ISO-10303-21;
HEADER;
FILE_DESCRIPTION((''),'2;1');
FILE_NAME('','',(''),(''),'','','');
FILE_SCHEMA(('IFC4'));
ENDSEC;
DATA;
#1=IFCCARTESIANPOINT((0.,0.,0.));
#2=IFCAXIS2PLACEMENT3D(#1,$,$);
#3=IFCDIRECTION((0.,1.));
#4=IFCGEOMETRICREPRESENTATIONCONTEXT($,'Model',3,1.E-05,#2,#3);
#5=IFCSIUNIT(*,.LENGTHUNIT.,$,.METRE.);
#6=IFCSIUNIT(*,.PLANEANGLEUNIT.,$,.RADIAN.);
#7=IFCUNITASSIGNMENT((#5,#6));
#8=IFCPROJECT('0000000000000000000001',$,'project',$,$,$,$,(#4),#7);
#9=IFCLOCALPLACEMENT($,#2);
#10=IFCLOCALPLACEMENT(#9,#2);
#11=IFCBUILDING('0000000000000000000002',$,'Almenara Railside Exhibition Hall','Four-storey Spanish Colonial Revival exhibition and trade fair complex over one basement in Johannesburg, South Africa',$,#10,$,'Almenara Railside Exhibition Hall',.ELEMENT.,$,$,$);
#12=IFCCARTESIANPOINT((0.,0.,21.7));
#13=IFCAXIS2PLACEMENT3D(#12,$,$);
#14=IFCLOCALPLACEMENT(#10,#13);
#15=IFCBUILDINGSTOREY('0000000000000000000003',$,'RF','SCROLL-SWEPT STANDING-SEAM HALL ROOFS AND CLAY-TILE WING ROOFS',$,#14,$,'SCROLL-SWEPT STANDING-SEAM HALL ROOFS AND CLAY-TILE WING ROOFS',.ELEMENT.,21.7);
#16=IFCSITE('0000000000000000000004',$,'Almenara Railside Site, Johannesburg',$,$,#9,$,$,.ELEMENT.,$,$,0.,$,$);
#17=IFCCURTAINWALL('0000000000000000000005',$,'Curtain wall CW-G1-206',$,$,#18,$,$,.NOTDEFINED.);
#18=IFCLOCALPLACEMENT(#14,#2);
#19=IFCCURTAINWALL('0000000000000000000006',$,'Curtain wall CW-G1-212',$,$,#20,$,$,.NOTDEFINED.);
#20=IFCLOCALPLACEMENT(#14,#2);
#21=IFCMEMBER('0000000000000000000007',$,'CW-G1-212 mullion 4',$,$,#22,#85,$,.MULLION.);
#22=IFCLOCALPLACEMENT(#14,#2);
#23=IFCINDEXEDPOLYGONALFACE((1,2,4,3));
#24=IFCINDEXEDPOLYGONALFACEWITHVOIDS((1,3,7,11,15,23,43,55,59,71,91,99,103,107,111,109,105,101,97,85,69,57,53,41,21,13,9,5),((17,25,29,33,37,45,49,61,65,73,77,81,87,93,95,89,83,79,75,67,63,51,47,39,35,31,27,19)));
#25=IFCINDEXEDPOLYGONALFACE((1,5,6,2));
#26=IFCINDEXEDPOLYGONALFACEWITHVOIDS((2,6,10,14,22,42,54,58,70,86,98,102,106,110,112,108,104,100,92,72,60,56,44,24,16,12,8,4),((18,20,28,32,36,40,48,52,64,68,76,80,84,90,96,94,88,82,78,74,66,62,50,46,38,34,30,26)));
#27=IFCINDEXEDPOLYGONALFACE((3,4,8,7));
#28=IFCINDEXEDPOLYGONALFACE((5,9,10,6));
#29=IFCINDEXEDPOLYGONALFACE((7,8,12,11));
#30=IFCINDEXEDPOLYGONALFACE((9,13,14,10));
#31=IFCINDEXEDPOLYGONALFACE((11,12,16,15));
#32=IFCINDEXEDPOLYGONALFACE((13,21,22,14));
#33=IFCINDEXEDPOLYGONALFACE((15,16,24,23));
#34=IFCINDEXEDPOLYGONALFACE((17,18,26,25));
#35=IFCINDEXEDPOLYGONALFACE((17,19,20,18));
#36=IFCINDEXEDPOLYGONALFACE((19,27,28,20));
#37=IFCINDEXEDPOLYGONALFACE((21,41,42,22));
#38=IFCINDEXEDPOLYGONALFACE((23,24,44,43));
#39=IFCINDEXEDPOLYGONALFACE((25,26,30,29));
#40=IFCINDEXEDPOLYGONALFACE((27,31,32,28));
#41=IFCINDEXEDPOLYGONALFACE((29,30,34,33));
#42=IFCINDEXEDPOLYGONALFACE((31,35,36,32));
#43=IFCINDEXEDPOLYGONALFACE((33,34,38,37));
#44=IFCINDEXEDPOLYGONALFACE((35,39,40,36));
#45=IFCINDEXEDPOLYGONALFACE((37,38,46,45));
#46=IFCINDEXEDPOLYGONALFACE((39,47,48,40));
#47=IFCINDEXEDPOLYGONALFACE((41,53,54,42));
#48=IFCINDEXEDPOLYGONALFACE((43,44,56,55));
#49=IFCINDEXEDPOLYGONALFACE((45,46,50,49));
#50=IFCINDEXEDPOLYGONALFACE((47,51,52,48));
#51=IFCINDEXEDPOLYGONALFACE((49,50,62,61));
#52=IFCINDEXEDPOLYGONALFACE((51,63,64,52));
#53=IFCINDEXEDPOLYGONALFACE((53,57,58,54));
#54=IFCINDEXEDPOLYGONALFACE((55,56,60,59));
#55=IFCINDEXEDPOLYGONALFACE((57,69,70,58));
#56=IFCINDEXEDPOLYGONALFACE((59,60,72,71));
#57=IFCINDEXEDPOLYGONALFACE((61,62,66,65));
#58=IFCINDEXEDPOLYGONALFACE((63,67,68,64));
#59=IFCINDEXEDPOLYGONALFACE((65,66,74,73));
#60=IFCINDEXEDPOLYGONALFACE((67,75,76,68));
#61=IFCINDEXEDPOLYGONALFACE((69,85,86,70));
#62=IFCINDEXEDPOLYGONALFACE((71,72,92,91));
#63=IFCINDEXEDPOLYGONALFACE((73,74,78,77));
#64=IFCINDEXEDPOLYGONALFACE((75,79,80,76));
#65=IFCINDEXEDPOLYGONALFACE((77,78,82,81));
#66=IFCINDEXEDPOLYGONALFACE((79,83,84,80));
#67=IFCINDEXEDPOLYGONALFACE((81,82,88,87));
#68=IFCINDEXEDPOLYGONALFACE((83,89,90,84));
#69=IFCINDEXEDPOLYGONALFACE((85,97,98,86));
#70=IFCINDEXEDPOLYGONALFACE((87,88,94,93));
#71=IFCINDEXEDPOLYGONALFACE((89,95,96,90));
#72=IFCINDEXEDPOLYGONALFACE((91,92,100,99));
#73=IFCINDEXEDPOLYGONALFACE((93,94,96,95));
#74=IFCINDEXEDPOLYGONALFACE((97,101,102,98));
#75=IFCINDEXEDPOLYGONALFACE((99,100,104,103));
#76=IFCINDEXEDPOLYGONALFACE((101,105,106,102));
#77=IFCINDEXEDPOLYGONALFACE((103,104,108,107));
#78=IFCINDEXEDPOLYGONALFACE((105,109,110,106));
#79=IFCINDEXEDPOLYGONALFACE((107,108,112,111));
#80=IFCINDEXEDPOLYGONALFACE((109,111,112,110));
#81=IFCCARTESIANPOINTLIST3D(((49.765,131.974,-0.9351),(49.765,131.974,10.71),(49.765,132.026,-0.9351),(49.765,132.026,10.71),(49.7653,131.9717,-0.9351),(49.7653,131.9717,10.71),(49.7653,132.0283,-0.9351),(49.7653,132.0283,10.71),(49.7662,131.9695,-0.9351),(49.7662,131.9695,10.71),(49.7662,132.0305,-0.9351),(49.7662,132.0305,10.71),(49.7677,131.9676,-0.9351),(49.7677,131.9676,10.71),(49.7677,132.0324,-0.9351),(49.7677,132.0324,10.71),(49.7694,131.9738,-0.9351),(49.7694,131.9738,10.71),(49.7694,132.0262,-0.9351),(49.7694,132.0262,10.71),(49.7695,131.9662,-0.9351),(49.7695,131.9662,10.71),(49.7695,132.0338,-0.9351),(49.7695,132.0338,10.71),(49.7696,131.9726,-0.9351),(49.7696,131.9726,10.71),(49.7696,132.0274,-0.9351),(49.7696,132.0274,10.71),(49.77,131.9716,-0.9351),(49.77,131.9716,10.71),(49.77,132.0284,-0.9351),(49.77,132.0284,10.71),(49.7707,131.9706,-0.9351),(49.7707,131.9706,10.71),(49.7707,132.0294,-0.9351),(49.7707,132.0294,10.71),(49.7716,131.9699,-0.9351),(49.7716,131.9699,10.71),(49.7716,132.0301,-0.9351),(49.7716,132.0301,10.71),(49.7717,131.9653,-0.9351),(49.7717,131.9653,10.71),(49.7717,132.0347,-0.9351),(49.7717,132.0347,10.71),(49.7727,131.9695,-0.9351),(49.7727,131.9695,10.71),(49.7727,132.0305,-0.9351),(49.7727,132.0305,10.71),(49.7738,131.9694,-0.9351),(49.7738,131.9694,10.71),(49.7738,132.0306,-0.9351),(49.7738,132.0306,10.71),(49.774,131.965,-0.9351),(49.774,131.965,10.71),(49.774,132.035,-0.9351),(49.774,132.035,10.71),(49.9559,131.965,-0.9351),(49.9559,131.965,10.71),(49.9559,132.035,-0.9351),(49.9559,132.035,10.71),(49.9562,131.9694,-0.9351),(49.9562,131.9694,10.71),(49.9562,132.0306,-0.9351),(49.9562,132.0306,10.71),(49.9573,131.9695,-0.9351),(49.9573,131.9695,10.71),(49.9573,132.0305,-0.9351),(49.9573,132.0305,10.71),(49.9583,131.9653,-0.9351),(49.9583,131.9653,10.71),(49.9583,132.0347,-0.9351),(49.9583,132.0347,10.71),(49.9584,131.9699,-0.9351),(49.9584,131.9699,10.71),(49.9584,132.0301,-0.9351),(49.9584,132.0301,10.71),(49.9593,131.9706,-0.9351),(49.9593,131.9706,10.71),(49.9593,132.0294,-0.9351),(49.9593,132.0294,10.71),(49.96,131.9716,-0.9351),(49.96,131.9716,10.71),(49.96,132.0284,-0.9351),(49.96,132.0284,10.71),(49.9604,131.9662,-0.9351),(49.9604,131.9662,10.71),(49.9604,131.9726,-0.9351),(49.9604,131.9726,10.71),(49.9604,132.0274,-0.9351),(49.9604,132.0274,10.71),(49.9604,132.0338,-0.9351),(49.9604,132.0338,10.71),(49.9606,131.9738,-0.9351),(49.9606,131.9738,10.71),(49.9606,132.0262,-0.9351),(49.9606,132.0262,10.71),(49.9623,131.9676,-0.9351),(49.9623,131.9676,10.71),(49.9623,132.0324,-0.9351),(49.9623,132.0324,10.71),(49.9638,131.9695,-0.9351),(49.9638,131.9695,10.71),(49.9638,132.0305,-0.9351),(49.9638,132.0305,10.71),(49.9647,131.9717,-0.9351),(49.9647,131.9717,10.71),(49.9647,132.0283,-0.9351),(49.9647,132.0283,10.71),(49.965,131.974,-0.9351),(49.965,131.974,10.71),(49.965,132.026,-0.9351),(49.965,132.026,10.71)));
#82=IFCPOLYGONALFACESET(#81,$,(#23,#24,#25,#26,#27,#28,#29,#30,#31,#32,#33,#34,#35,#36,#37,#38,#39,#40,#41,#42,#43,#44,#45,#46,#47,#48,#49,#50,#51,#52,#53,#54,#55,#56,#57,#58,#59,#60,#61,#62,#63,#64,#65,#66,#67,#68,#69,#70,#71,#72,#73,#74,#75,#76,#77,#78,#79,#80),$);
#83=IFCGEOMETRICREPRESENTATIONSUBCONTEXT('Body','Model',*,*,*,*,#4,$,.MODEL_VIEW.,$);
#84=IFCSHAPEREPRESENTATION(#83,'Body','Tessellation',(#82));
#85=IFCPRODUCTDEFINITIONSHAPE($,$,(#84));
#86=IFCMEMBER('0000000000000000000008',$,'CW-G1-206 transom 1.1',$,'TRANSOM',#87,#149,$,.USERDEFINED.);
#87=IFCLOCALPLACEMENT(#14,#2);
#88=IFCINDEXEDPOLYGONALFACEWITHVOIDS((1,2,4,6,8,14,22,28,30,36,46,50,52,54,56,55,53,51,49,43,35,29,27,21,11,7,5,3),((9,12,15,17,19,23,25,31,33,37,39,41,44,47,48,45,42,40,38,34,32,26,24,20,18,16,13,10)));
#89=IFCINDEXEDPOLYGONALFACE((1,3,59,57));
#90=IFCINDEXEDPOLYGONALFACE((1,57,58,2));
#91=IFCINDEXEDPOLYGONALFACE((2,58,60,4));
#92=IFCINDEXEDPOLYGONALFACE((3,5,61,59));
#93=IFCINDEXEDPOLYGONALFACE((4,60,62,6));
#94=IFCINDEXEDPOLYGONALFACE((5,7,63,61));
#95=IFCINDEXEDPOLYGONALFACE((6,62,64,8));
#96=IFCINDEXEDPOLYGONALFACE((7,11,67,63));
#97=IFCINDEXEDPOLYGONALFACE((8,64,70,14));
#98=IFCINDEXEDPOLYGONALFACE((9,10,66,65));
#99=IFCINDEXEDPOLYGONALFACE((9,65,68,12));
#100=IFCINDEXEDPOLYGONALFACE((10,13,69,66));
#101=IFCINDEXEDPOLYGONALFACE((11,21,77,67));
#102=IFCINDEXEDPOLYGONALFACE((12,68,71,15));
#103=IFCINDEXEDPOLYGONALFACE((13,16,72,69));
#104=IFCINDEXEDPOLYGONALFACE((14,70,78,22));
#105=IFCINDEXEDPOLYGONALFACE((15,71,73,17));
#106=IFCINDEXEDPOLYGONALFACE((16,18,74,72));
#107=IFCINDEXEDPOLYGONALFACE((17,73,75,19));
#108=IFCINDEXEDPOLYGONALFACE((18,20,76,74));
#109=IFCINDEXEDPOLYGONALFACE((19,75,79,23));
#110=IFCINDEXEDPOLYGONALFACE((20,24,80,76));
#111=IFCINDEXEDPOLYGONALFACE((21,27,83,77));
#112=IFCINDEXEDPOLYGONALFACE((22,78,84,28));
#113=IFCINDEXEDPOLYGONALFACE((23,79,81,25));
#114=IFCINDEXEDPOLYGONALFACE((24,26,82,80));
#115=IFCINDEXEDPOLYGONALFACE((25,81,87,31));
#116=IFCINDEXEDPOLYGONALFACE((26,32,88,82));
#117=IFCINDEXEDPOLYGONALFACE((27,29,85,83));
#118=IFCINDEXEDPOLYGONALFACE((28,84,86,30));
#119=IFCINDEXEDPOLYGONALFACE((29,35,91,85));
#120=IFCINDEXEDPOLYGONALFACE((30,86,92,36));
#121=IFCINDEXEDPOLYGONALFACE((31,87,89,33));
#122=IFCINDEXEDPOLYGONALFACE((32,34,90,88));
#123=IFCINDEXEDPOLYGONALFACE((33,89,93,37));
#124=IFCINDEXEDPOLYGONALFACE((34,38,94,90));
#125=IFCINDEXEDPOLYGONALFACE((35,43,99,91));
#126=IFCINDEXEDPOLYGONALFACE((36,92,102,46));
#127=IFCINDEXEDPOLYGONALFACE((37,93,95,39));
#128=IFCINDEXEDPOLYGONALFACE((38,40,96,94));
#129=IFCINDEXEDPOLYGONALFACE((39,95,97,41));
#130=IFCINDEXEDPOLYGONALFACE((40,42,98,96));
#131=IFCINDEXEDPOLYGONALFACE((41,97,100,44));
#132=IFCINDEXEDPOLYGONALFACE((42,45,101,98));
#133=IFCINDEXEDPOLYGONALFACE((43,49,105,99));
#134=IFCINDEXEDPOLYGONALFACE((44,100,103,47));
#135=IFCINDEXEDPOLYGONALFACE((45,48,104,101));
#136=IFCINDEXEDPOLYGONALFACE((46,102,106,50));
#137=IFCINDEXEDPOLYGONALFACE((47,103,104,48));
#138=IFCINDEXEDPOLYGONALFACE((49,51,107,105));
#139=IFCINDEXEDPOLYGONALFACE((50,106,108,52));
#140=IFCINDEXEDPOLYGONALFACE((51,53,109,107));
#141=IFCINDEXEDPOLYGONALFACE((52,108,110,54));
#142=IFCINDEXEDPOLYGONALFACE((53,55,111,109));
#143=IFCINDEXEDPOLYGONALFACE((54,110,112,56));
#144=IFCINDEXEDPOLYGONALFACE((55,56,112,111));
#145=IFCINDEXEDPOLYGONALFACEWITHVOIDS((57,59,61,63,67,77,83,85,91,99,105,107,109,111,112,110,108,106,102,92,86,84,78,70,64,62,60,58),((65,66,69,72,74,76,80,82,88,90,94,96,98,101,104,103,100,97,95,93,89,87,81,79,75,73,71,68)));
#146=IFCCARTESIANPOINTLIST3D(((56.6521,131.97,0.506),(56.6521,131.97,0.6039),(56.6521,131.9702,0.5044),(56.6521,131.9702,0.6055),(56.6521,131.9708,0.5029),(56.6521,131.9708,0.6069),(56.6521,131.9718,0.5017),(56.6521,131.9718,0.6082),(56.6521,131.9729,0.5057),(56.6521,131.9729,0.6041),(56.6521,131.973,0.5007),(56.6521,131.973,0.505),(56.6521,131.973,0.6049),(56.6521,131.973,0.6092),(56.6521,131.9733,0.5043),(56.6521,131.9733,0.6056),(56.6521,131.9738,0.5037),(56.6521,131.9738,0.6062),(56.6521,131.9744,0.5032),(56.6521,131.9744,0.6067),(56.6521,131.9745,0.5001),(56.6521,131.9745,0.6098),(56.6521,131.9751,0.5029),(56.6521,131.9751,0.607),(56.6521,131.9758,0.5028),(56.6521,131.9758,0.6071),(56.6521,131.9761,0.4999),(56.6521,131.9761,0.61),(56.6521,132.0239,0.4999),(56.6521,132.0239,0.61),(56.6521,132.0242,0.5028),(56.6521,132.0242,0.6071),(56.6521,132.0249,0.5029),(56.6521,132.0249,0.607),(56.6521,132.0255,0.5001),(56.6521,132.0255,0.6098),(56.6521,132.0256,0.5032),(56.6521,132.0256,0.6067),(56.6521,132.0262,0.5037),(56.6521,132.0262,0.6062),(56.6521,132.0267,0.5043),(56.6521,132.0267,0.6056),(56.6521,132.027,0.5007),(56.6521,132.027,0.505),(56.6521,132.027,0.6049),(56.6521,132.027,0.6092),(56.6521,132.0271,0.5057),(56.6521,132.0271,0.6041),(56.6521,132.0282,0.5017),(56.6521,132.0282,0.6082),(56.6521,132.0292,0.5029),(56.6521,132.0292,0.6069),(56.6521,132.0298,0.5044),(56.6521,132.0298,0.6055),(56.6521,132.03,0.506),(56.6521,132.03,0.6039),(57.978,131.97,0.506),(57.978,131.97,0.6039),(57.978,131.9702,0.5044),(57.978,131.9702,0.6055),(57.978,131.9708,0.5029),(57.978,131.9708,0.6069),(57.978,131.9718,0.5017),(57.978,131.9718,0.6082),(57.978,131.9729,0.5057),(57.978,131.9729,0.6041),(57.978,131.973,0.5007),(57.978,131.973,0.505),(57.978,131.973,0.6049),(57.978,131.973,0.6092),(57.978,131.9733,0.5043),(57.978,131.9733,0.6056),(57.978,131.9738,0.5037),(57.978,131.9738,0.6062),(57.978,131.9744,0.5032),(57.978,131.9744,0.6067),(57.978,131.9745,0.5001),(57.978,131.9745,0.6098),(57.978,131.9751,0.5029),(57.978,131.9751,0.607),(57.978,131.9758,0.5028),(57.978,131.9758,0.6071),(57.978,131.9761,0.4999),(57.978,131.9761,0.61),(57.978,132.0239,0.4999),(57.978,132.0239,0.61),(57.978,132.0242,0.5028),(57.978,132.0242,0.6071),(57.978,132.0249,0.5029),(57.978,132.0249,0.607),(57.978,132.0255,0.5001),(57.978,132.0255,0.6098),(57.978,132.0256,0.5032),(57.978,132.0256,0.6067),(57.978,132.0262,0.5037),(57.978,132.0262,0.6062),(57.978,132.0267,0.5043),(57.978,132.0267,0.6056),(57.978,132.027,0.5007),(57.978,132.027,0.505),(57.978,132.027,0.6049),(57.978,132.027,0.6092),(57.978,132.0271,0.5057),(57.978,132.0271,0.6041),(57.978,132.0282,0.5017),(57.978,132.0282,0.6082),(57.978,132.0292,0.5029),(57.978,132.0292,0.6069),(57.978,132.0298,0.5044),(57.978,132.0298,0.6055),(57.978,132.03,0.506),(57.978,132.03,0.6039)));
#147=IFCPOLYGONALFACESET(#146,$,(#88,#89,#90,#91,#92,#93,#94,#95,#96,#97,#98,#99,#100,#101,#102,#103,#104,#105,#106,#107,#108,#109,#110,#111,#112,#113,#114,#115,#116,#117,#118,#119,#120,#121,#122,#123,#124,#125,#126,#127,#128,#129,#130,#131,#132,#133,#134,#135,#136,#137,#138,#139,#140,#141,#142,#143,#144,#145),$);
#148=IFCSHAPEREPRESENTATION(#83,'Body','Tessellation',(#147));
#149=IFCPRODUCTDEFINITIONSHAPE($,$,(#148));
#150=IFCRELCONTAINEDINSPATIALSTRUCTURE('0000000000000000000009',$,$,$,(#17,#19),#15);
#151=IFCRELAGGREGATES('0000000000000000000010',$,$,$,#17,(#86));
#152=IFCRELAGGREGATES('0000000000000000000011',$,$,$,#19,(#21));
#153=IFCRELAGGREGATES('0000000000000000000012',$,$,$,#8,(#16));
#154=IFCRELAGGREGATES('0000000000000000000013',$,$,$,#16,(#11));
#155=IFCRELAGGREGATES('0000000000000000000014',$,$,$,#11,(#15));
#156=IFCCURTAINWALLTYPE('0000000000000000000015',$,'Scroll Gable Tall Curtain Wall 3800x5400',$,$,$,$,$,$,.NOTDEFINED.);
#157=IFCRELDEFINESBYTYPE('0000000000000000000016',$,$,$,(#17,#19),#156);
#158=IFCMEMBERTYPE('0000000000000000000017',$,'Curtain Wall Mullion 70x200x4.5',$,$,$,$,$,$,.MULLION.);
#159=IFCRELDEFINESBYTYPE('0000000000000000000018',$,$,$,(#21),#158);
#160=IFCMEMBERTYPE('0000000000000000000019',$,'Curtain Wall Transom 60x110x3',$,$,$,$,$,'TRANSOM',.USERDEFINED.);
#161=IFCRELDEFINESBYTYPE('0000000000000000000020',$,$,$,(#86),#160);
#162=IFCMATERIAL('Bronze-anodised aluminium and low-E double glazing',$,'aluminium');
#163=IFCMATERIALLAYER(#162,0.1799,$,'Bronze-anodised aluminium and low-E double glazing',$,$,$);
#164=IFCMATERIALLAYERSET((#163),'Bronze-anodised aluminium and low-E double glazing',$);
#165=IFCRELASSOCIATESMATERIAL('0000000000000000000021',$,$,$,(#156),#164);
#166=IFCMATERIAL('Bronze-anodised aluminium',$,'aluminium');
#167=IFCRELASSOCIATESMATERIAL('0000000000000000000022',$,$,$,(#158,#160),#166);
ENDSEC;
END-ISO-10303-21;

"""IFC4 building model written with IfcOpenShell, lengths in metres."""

from ifc_helpers import new_model, si_unit, direction, frame, origin, origin_2d, place, context, subcontext, project, spatial, hollow_rectangle, extrude, material, layer, layer_set, material_profile, profile_set, type_object, element, aggregate, save


model = new_model("IFC4")

# Units and contexts
model_context = context("Model", 3, precision=1e-05, world=origin(), true_north=direction((0.0, 1.0)))
body_context = subcontext(model_context, "Body", "Model", "MODEL_VIEW")
ifc_project = project(units=[si_unit("LENGTHUNIT", "METRE"), si_unit("PLANEANGLEUNIT", "RADIAN")], contexts=[model_context])

# Site, building, storey
site_placement = place(None, origin())
site = spatial("IfcSite", under=ifc_project, at=site_placement, Name="Almenara Railside Site, Johannesburg", CompositionType="ELEMENT", RefElevation=0.0)
building_placement = place(site_placement, origin())
building = spatial("IfcBuilding", under=site, at=building_placement, Name="Almenara Railside Exhibition Hall", Description="Four-storey Spanish Colonial Revival exhibition and trade fair complex over one basement in Johannesburg, South Africa", LongName="Almenara Railside Exhibition Hall", CompositionType="ELEMENT")
storey_placement = place(building_placement, frame((0.0, 0.0, 21.7)))
storey = spatial("IfcBuildingStorey", under=building, at=storey_placement, Name="RF", Description="SCROLL-SWEPT STANDING-SEAM HALL ROOFS AND CLAY-TILE WING ROOFS", LongName="SCROLL-SWEPT STANDING-SEAM HALL ROOFS AND CLAY-TILE WING ROOFS", CompositionType="ELEMENT", Elevation=21.7)

# Curtain wall
ifc_material_1 = material(Name="Bronze-anodised aluminium and low-E double glazing", Category="aluminium")
ifc_layer_1 = layer(ifc_material_1, 0.1799, Name="Bronze-anodised aluminium and low-E double glazing")
ifc_layer_set_1 = layer_set([ifc_layer_1], Name="Bronze-anodised aluminium and low-E double glazing")
curtain_wall_type = type_object("IfcCurtainWallType", Name="Scroll Gable Tall Curtain Wall 3800x5400", PredefinedType="NOTDEFINED", material=ifc_layer_set_1)
curtain_wall_1_placement = place(storey_placement, origin())
curtain_wall_1 = element("IfcCurtainWall", 1, at=curtain_wall_1_placement, inside=storey, type_object=curtain_wall_type, Name="Curtain wall CW-G1-206", PredefinedType="NOTDEFINED")
ifc_material_2 = material(Name="Bronze-anodised aluminium", Category="aluminium")

# Curtain wall, member
curtain_wall_2_placement = place(storey_placement, origin())
curtain_wall_2 = element("IfcCurtainWall", 2, at=curtain_wall_2_placement, inside=storey, type_object=curtain_wall_type, Name="Curtain wall CW-G1-212", PredefinedType="NOTDEFINED")
ifc_material_profile_1 = material_profile(ifc_material_2, hollow_rectangle(XDim=0.0701, YDim=0.2, WallThickness=0.0044, InnerFilletRadius=0.0044, OuterFilletRadius=0.009, at=origin_2d()), Name="ALU-MUL 70x200x4.5")
ifc_profile_set_1 = profile_set([ifc_material_profile_1], Name="Bronze-anodised aluminium")
member_type_1 = type_object("IfcMemberType", Name="Curtain Wall Mullion 70x200x4.5", PredefinedType="MULLION", material=ifc_profile_set_1)
member_1_placement = place(storey_placement, frame((49.865, 132.0, -0.9351), z_axis=(0.0, 0.0, 1.0), x_axis=(0.0, 1.0, 0.0)))
member_1 = element("IfcMember", 3, at=member_1_placement, type_object=member_type_1, Name="CW-G1-212 mullion 4", PredefinedType="MULLION", context=body_context, shape_type="SweptSolid", body=[
    extrude(hollow_rectangle(XDim=0.0701, YDim=0.2, WallThickness=0.0044, InnerFilletRadius=0.0044, OuterFilletRadius=0.009, at=origin_2d()), origin(), (0.0, 0.0, 1.0), 11.645),
])

# Member
ifc_material_profile_2 = material_profile(ifc_material_2, hollow_rectangle(XDim=0.0601, YDim=0.1101, WallThickness=0.0029, InnerFilletRadius=0.0029, OuterFilletRadius=0.0061, at=origin_2d()), Name="ALU-TRN 60x110x3")
ifc_profile_set_2 = profile_set([ifc_material_profile_2], Name="Bronze-anodised aluminium")
member_type_2 = type_object("IfcMemberType", Name="Curtain Wall Transom 60x110x3", ElementType="TRANSOM", PredefinedType="USERDEFINED", material=ifc_profile_set_2)
member_2_placement = place(storey_placement, frame((56.6521, 132.0, 0.5549), z_axis=(1.0, 0.0, 0.0), x_axis=(0.0, 1.0, 0.0)))
member_2 = element("IfcMember", 4, at=member_2_placement, type_object=member_type_2, Name="CW-G1-206 transom 1.1", ObjectType="TRANSOM", PredefinedType="USERDEFINED", context=body_context, shape_type="SweptSolid", body=[
    extrude(hollow_rectangle(XDim=0.0601, YDim=0.1101, WallThickness=0.0029, InnerFilletRadius=0.0029, OuterFilletRadius=0.0061, at=origin_2d()), origin(), (0.0, 0.0, 1.0), 1.3259),
])
aggregate(curtain_wall_1, [member_2])

aggregate(curtain_wall_2, [member_1])

save(model, "model.ifc")
